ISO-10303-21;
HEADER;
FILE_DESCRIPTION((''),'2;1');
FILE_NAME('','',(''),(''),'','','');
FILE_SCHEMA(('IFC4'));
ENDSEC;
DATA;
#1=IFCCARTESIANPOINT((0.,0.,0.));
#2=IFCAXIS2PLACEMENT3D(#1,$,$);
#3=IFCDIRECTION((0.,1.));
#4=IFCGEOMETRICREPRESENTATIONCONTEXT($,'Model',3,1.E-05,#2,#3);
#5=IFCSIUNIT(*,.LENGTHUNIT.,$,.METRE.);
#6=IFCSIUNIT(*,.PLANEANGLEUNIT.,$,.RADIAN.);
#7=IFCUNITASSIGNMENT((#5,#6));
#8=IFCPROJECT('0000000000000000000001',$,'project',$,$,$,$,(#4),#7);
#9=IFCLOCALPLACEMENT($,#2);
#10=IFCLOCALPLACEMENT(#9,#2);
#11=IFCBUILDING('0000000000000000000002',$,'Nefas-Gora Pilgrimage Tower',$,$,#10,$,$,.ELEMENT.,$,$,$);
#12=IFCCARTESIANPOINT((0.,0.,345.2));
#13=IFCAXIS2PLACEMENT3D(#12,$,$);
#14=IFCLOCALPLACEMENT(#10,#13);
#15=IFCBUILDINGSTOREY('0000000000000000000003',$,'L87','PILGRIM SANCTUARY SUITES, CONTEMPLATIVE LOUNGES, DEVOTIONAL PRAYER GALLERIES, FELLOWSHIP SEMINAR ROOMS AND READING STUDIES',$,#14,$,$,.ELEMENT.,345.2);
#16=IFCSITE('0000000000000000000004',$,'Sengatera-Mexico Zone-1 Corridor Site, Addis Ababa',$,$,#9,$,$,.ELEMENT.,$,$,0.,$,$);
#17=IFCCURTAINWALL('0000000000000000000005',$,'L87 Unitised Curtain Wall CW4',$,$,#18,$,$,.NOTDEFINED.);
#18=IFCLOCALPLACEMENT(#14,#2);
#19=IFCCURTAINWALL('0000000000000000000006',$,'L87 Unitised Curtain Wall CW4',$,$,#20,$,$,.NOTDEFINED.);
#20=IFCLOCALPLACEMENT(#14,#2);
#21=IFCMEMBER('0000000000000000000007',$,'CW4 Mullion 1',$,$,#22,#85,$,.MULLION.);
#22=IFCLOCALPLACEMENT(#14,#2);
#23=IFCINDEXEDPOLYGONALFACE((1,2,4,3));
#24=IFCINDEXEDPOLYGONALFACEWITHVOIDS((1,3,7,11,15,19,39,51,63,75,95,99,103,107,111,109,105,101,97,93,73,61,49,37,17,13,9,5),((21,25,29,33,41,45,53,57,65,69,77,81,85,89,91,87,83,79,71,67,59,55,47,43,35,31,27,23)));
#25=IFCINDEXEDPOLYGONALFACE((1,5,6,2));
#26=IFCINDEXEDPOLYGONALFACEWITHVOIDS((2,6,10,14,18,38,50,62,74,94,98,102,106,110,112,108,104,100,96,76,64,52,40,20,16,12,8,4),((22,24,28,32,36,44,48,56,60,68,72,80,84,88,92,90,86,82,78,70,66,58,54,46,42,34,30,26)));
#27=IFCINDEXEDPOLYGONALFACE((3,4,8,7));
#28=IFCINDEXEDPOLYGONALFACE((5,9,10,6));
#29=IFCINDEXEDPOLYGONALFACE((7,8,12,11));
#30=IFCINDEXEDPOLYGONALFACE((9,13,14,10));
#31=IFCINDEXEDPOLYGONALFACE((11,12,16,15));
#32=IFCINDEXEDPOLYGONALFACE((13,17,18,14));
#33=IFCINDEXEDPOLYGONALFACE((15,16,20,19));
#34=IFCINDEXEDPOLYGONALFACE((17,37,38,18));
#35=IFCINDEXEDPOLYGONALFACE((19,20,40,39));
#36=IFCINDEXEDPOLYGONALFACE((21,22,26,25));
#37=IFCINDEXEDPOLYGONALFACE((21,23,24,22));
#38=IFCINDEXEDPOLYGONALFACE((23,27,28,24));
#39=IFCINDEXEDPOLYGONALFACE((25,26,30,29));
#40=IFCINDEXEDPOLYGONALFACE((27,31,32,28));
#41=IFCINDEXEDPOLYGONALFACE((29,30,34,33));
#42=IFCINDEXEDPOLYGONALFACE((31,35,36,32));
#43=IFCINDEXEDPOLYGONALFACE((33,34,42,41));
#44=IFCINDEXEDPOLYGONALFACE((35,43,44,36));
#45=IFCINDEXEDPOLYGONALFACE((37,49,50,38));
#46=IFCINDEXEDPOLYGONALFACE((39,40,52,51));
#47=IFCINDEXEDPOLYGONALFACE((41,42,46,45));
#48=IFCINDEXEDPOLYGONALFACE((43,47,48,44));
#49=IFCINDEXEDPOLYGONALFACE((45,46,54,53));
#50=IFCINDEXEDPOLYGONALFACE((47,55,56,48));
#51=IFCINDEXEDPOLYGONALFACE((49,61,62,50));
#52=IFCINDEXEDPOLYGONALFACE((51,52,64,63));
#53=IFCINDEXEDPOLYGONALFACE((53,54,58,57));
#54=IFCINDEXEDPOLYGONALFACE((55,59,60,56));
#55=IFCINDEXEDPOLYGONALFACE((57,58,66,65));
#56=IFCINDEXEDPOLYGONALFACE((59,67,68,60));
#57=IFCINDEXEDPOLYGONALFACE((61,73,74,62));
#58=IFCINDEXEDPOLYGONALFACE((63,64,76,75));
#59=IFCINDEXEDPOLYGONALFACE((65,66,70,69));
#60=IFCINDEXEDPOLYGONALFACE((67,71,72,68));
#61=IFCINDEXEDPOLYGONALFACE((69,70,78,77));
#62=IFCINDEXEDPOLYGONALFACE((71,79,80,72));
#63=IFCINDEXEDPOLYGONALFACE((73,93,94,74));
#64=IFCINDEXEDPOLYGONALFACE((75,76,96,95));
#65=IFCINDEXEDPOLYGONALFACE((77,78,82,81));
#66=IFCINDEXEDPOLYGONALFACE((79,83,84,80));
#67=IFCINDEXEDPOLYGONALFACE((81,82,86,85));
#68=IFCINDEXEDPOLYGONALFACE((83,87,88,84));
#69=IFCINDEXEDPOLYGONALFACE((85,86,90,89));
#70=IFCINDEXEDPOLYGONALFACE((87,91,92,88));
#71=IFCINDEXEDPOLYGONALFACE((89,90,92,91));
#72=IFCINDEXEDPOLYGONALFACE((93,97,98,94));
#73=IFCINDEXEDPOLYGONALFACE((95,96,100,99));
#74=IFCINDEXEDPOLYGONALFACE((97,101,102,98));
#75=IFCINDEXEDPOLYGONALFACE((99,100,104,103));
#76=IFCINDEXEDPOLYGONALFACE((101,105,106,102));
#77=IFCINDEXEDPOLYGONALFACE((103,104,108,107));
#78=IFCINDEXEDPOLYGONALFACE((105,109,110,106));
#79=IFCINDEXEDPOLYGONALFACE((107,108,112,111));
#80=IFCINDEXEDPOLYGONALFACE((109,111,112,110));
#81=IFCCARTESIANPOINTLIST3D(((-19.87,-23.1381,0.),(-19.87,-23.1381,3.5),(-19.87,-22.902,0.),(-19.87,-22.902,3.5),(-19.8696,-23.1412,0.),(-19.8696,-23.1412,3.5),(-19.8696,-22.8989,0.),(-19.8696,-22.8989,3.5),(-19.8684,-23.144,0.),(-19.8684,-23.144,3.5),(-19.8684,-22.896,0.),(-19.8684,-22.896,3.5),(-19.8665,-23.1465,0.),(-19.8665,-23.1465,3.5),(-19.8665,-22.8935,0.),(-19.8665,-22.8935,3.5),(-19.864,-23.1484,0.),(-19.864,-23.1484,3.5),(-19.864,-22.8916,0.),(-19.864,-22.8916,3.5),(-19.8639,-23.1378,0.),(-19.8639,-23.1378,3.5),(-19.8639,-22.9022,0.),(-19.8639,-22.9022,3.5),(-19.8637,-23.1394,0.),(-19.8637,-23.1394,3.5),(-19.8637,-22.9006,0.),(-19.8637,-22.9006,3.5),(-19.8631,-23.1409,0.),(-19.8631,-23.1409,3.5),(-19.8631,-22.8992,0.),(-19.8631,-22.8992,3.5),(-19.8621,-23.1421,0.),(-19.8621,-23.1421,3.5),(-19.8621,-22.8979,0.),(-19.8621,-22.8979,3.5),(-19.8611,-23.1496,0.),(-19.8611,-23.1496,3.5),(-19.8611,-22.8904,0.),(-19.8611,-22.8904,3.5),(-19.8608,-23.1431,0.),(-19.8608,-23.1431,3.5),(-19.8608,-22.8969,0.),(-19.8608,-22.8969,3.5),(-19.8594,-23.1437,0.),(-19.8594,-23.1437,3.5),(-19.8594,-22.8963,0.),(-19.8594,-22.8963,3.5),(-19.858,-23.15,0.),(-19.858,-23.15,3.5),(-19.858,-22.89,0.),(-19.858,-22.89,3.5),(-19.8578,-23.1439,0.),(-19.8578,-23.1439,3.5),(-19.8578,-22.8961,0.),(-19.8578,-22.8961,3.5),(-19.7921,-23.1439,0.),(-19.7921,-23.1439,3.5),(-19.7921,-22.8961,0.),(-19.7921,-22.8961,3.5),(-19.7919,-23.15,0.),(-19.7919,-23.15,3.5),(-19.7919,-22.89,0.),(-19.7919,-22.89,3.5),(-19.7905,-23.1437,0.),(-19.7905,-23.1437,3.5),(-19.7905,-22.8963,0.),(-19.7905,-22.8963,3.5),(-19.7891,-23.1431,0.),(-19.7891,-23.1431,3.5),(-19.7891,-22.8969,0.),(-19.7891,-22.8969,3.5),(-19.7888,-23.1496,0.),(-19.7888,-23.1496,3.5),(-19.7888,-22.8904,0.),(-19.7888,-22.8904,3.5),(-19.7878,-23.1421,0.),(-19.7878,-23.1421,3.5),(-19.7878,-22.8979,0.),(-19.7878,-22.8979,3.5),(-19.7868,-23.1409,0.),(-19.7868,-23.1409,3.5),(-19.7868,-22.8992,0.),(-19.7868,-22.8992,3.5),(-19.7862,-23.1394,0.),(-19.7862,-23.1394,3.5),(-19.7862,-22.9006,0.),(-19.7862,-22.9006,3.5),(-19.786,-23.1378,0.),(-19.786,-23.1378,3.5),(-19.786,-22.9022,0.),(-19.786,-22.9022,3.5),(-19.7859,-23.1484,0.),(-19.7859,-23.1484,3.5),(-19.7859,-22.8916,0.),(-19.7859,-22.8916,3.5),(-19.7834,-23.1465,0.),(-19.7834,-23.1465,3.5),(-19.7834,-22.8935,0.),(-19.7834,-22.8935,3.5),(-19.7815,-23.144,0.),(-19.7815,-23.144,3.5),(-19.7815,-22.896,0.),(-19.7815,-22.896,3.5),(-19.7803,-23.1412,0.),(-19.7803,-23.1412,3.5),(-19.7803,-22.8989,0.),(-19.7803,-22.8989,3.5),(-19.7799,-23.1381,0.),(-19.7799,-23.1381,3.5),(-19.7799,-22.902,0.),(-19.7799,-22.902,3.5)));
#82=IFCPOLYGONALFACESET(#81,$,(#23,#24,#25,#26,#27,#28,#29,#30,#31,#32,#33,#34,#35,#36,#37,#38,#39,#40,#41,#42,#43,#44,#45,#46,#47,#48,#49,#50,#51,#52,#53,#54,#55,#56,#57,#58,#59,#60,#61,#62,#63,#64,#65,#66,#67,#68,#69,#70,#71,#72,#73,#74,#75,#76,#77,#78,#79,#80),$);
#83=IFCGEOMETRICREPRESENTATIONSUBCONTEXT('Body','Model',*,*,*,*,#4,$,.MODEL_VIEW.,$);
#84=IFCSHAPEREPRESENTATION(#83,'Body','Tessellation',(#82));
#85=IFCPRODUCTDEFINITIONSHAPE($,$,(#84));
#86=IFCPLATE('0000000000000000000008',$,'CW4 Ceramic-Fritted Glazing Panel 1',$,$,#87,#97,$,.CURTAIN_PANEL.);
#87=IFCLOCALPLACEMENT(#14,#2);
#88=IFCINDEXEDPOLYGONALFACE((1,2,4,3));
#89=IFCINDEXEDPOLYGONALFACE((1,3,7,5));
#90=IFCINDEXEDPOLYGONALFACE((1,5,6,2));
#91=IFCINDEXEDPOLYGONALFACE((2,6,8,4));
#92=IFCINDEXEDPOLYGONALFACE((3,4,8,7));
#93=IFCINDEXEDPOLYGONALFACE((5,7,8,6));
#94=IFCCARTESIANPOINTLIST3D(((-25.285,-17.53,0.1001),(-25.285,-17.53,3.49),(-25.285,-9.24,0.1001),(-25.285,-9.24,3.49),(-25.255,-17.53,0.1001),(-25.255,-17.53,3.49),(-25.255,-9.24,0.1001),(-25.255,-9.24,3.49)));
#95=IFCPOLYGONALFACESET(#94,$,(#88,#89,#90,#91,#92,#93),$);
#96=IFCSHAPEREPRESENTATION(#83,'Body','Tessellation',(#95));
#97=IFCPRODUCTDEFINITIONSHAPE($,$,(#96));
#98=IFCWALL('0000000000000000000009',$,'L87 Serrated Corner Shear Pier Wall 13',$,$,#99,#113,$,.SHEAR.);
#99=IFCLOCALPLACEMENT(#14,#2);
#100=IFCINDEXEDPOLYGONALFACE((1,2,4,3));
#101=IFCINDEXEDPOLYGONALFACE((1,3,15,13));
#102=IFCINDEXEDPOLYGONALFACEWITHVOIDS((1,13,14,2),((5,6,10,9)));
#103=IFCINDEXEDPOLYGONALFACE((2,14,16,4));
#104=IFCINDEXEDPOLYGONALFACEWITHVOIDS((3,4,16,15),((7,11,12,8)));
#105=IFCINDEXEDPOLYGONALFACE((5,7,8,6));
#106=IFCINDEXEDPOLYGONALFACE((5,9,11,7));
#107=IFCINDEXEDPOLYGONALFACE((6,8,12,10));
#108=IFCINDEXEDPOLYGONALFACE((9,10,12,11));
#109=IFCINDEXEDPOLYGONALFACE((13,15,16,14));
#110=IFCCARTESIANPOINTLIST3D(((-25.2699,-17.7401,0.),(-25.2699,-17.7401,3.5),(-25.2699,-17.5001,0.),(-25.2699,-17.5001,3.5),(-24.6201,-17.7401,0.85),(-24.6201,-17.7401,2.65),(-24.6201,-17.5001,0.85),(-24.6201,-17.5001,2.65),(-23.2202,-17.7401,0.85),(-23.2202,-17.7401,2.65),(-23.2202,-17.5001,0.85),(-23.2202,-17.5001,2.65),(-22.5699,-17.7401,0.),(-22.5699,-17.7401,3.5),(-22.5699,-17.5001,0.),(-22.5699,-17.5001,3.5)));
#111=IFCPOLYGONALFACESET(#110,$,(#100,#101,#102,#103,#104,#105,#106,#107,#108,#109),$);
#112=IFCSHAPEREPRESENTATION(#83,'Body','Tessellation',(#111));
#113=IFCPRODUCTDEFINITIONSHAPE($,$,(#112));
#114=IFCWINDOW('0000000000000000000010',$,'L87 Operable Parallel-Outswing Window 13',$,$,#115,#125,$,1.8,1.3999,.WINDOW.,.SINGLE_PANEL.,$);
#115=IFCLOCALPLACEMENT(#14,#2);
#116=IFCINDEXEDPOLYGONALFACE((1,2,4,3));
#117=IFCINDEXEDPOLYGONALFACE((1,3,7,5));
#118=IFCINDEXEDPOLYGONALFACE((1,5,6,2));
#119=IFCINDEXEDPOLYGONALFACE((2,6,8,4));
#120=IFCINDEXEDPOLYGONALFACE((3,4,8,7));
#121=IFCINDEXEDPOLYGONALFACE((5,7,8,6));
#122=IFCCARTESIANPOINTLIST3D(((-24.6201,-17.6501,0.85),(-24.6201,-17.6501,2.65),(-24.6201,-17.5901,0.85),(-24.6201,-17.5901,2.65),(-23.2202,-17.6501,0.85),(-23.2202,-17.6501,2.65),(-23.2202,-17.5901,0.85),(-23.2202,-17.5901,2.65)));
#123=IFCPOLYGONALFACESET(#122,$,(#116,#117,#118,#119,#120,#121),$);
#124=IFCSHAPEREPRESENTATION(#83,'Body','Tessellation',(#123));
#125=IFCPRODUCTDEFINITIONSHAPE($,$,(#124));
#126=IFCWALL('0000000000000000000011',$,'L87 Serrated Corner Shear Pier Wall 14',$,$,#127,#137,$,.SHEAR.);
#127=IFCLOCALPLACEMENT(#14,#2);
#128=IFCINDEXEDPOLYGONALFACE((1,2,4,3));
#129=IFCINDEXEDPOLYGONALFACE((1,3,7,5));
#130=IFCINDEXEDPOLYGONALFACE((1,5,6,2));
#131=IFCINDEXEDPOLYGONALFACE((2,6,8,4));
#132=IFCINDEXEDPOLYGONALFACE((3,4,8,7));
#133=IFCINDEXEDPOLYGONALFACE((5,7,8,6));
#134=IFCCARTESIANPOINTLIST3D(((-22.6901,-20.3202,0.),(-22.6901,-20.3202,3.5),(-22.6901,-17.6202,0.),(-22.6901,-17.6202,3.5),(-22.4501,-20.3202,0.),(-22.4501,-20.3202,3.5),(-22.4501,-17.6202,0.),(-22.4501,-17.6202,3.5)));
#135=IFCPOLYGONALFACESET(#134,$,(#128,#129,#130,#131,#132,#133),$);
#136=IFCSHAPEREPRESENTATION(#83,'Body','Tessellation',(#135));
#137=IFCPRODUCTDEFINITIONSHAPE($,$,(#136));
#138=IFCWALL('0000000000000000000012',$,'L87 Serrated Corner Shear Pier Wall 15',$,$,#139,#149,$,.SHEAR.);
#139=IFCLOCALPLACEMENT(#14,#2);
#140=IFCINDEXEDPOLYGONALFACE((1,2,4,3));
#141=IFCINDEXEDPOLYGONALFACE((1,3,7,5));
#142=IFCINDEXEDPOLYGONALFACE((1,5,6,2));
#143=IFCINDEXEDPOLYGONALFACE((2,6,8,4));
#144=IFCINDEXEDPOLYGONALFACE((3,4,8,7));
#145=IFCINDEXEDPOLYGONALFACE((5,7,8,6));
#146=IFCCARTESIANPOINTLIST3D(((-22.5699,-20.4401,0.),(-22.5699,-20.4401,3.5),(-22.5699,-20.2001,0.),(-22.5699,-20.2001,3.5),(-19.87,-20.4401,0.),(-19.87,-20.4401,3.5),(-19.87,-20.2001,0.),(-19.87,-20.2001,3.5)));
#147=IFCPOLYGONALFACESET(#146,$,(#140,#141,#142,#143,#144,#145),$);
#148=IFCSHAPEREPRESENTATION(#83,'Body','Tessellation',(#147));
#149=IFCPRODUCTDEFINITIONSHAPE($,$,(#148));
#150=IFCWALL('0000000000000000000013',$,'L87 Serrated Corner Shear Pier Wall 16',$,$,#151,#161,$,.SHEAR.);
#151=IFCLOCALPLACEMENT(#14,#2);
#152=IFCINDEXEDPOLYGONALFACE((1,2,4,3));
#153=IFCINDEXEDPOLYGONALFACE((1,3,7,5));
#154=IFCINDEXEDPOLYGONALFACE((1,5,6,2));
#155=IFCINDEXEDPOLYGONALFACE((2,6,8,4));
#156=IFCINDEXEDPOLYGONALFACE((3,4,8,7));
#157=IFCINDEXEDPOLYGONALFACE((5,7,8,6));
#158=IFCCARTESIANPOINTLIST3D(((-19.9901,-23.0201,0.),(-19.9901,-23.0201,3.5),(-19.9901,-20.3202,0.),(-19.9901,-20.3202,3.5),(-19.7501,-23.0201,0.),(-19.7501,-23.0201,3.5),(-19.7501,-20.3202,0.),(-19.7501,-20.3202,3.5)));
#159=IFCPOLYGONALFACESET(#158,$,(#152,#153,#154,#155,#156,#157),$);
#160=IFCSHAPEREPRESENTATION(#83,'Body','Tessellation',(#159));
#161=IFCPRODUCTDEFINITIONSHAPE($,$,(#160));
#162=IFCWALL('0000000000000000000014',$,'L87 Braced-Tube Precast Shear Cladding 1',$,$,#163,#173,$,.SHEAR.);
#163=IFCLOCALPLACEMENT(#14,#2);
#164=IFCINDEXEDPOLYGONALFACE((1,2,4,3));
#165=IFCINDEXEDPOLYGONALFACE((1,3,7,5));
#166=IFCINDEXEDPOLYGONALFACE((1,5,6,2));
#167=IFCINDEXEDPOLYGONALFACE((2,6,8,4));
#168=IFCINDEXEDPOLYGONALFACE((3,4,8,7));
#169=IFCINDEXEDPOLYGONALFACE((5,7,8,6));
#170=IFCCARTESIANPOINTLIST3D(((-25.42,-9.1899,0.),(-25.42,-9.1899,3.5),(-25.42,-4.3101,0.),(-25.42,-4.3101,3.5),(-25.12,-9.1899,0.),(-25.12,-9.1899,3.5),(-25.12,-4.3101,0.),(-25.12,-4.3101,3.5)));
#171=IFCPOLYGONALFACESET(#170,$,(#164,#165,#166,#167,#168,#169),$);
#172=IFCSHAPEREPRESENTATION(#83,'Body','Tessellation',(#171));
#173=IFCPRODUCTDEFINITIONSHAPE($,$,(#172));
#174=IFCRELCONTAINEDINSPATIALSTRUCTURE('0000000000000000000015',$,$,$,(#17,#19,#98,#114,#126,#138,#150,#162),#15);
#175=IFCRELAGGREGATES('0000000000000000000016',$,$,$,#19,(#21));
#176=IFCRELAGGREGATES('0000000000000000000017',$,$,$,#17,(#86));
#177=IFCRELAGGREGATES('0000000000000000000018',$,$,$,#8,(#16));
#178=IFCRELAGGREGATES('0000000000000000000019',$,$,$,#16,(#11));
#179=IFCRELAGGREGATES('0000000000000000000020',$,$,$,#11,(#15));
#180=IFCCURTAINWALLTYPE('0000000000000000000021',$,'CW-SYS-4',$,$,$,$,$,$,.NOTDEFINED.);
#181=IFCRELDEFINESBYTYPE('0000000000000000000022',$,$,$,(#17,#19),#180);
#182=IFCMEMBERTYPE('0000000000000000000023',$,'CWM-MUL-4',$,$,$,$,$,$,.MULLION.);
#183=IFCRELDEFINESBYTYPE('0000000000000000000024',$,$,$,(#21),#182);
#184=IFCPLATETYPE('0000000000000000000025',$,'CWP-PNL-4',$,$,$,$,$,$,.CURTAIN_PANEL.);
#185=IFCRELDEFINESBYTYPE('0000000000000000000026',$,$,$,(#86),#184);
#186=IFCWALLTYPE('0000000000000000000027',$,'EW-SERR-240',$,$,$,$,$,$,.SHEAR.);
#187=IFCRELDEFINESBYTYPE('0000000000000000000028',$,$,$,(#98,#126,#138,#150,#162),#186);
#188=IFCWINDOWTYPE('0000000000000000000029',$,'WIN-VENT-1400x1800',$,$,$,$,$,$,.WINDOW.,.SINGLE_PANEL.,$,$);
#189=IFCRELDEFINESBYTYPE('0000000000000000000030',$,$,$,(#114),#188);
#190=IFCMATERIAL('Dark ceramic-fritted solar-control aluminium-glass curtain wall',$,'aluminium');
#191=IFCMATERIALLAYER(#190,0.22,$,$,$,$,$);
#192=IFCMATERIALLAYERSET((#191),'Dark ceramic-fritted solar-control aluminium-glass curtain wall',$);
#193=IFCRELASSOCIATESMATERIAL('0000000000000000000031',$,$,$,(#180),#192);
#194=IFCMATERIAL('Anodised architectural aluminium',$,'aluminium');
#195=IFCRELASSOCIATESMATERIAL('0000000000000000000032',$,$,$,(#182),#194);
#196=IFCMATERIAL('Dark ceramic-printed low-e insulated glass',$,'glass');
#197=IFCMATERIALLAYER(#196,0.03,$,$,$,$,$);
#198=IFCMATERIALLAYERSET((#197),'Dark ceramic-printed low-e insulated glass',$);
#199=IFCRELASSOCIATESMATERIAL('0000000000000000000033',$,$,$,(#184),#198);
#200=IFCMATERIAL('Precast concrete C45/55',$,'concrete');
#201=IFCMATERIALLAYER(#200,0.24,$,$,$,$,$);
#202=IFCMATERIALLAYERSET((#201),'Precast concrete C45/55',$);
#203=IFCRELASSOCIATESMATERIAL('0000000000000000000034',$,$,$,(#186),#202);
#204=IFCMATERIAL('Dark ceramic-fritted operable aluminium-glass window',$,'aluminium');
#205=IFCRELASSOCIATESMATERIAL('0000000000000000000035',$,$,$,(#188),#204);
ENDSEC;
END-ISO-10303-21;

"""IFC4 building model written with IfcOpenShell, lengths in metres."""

from ifc_helpers import new_model, si_unit, direction, frame, frame_2d, origin, origin_2d, place, context, subcontext, project, spatial, rectangle, hollow_rectangle, extrude, source, transform, mapped, material, layer, layer_set, material_profile, profile_set, type_object, element, fill, aggregate, save


model = new_model("IFC4")

# Units and contexts
model_context = context("Model", 3, precision=1e-05, world=origin(), true_north=direction((0.0, 1.0)))
body_context = subcontext(model_context, "Body", "Model", "MODEL_VIEW")
ifc_project = project(units=[si_unit("LENGTHUNIT", "METRE"), si_unit("PLANEANGLEUNIT", "RADIAN")], contexts=[model_context])

# Site, building, storey
site_placement = place(None, origin())
site = spatial("IfcSite", under=ifc_project, at=site_placement, Name="Sengatera-Mexico Zone-1 Corridor Site, Addis Ababa", CompositionType="ELEMENT", RefElevation=0.0)
building_placement = place(site_placement, origin())
building = spatial("IfcBuilding", under=site, at=building_placement, Name="Nefas-Gora Pilgrimage Tower", CompositionType="ELEMENT")
storey_placement = place(building_placement, frame((0.0, 0.0, 345.2)))
storey = spatial("IfcBuildingStorey", under=building, at=storey_placement, Name="L87", Description="PILGRIM SANCTUARY SUITES, CONTEMPLATIVE LOUNGES, DEVOTIONAL PRAYER GALLERIES, FELLOWSHIP SEMINAR ROOMS AND READING STUDIES", CompositionType="ELEMENT", Elevation=345.2)

# Curtain walls
ifc_material_1 = material(Name="Dark ceramic-fritted solar-control aluminium-glass curtain wall", Category="aluminium")
ifc_layer_1 = layer(ifc_material_1, 0.22)
ifc_layer_set_1 = layer_set([ifc_layer_1], Name="Dark ceramic-fritted solar-control aluminium-glass curtain wall")
curtain_wall_type = type_object("IfcCurtainWallType", Name="CW-SYS-4", PredefinedType="NOTDEFINED", material=ifc_layer_set_1)
curtain_wall_1_placement = place(storey_placement, origin())
curtain_wall_1 = element("IfcCurtainWall", 1, at=curtain_wall_1_placement, inside=storey, type_object=curtain_wall_type, Name="L87 Unitised Curtain Wall CW4", PredefinedType="NOTDEFINED")
ifc_material_2 = material(Name="Anodised architectural aluminium", Category="aluminium")
curtain_wall_2_placement = place(storey_placement, origin())
curtain_wall_2 = element("IfcCurtainWall", 2, at=curtain_wall_2_placement, inside=storey, type_object=curtain_wall_type, Name="L87 Unitised Curtain Wall CW4", PredefinedType="NOTDEFINED")

# Member
ifc_material_profile_1 = material_profile(ifc_material_2, hollow_rectangle(XDim=0.0901, YDim=0.26, WallThickness=0.0061, InnerFilletRadius=0.0061, OuterFilletRadius=0.012, at=origin_2d()), Name="ALU MULLION 90x260")
ifc_profile_set_1 = profile_set([ifc_material_profile_1], Name="Anodised architectural aluminium")
member_type_1 = type_object("IfcMemberType", Name="CWM-MUL-4", PredefinedType="MULLION", material=ifc_profile_set_1)
shared_shape_1 = source(origin(), body_context, "Body", "SweptSolid", [
    extrude(hollow_rectangle(XDim=0.0901, YDim=0.26, WallThickness=0.0061, InnerFilletRadius=0.0061, OuterFilletRadius=0.012, at=origin_2d()), origin(), (0.0, 0.0, 1.0), 3.5),
])
member_1_placement = place(storey_placement, frame((-19.825, -23.02, 0.0), z_axis=(0.0, 0.0, 1.0), x_axis=(1.0, 0.0, 0.0)))
member_1 = element("IfcMember", 3, at=member_1_placement, type_object=member_type_1, Name="CW4 Mullion 1", PredefinedType="MULLION", context=body_context, shape_type="MappedRepresentation", body=[
    mapped(shared_shape_1, transform((0.0, 0.0, 0.0), x_axis=(1.0, 0.0, 0.0), y_axis=(0.0, 1.0, 0.0), z_axis=(0.0, 0.0, 1.0), scale=1.0)),
])
aggregate(curtain_wall_2, [member_1])

# Plate
ifc_material_3 = material(Name="Dark ceramic-printed low-e insulated glass", Category="glass")
ifc_layer_2 = layer(ifc_material_3, 0.03)
ifc_layer_set_2 = layer_set([ifc_layer_2], Name="Dark ceramic-printed low-e insulated glass")
plate_type = type_object("IfcPlateType", Name="CWP-PNL-4", PredefinedType="CURTAIN_PANEL", material=ifc_layer_set_2)
shared_shape_2 = source(origin(), body_context, "Body", "SweptSolid", [
    extrude(rectangle(XDim=8.29, YDim=0.03, at=origin_2d()), origin(), (0.0, 0.0, 1.0), 3.3899),
])
plate_placement = place(storey_placement, frame((-25.27, -13.385, 0.1001), z_axis=(0.0, 0.0, 1.0), x_axis=(0.0, -1.0, 0.0)))
plate = element("IfcPlate", 4, at=plate_placement, type_object=plate_type, Name="CW4 Ceramic-Fritted Glazing Panel 1", PredefinedType="CURTAIN_PANEL", context=body_context, shape_type="MappedRepresentation", body=[
    mapped(shared_shape_2, transform((0.0, 0.0, 0.0), x_axis=(1.0, 0.0, 0.0), y_axis=(0.0, 1.0, 0.0), z_axis=(0.0, 0.0, 1.0), scale=1.0)),
])
aggregate(curtain_wall_1, [plate])

# Wall, opening, window
ifc_material_4 = material(Name="Precast concrete C45/55", Category="concrete")
ifc_layer_3 = layer(ifc_material_4, 0.24)
ifc_layer_set_3 = layer_set([ifc_layer_3], Name="Precast concrete C45/55")
wall_type = type_object("IfcWallType", Name="EW-SERR-240", PredefinedType="SHEAR", material=ifc_layer_set_3)
shared_shape_3 = source(origin(), body_context, "Body", "SweptSolid", [
    extrude(rectangle(XDim=2.7, YDim=0.24, at=frame_2d((1.3501, 0.0))), origin(), (0.0, 0.0, 1.0), 3.5),
])
wall_1_placement = place(storey_placement, frame((-25.27, -17.6201, 0.0), z_axis=(0.0, 0.0, 1.0), x_axis=(1.0, 0.0, 0.0)))
wall_1 = element("IfcWall", 5, at=wall_1_placement, inside=storey, type_object=wall_type, Name="L87 Serrated Corner Shear Pier Wall 13", PredefinedType="SHEAR", context=body_context, shape_type="MappedRepresentation", body=[
    mapped(shared_shape_3, transform((0.0, 0.0, 0.0), x_axis=(1.0, 0.0, 0.0), y_axis=(0.0, 1.0, 0.0), z_axis=(0.0, 0.0, 1.0), scale=1.0)),
])
opening_placement = place(wall_1_placement, frame((0.6499, 0.0, 0.8501)))
opening = element("IfcOpeningElement", 6, at=opening_placement, cuts=wall_1, PredefinedType="OPENING", context=body_context, shape_type="SweptSolid", body=[
    extrude(rectangle(XDim=1.3999, YDim=1.8, at=frame_2d((0.7, 0.8999))), frame((0.0, 0.1299, 0.0), z_axis=(0.0, -1.0, 0.0), x_axis=(1.0, 0.0, 0.0)), (0.0, 0.0, 1.0), 0.26),
])
ifc_material_5 = material(Name="Dark ceramic-fritted operable aluminium-glass window", Category="aluminium")
window_type = type_object("IfcWindowType", Name="WIN-VENT-1400x1800", PartitioningType="SINGLE_PANEL", PredefinedType="WINDOW", material=ifc_material_5)
shared_shape_4 = source(origin(), body_context, "Body", "SweptSolid", [
    extrude(rectangle(XDim=1.3999, YDim=1.8, at=frame_2d((0.7, 0.8999))), frame((0.0, 0.03, 0.0), z_axis=(0.0, -1.0, 0.0), x_axis=(1.0, 0.0, 0.0)), (0.0, 0.0, 1.0), 0.0601),
])
window_placement = place(opening_placement, origin())
window = element("IfcWindow", 7, at=window_placement, inside=storey, type_object=window_type, Name="L87 Operable Parallel-Outswing Window 13", OverallHeight=1.8, OverallWidth=1.3999, PartitioningType="SINGLE_PANEL", PredefinedType="WINDOW", context=body_context, shape_type="MappedRepresentation", body=[
    mapped(shared_shape_4, transform((0.0, 0.0, 0.0), x_axis=(1.0, 0.0, 0.0), y_axis=(0.0, 1.0, 0.0), z_axis=(0.0, 0.0, 1.0), scale=1.0)),
])
fill(opening, window)

# Walls
for number, where, z_axis, x_axis, name in (
    (8, (-22.5701, -17.6201, 0.0), (0.0, 0.0, 1.0), (0.0, -1.0, 0.0), "L87 Serrated Corner Shear Pier Wall 14"),
    (9, (-22.5701, -20.3201, 0.0), (0.0, 0.0, 1.0), (1.0, 0.0, 0.0), "L87 Serrated Corner Shear Pier Wall 15"),
    (10, (-19.8701, -20.3201, 0.0), (0.0, 0.0, 1.0), (0.0, -1.0, 0.0), "L87 Serrated Corner Shear Pier Wall 16"),
):
    element("IfcWall", number, at=place(storey_placement, frame(where, z_axis=z_axis, x_axis=x_axis)), inside=storey, type_object=wall_type, Name=name, PredefinedType="SHEAR", context=body_context, shape_type="MappedRepresentation", body=[
        mapped(shared_shape_3, transform((0.0, 0.0, 0.0), x_axis=(1.0, 0.0, 0.0), y_axis=(0.0, 1.0, 0.0), z_axis=(0.0, 0.0, 1.0), scale=1.0)),
    ])
shared_shape_5 = source(origin(), body_context, "Body", "SweptSolid", [
    extrude(rectangle(XDim=4.8799, YDim=0.3, at=frame_2d((2.4399, 0.0))), origin(), (0.0, 0.0, 1.0), 3.5),
])
wall_2_placement = place(storey_placement, frame((-25.27, -9.1899, 0.0), z_axis=(0.0, 0.0, 1.0), x_axis=(0.0, 1.0, 0.0)))
element("IfcWall", 11, at=wall_2_placement, inside=storey, type_object=wall_type, Name="L87 Braced-Tube Precast Shear Cladding 1", PredefinedType="SHEAR", context=body_context, shape_type="MappedRepresentation", body=[
    mapped(shared_shape_5, transform((0.0, 0.0, 0.0), x_axis=(1.0, 0.0, 0.0), y_axis=(0.0, 1.0, 0.0), z_axis=(0.0, 0.0, 1.0), scale=1.0)),
])

save(model, "model.ifc")
